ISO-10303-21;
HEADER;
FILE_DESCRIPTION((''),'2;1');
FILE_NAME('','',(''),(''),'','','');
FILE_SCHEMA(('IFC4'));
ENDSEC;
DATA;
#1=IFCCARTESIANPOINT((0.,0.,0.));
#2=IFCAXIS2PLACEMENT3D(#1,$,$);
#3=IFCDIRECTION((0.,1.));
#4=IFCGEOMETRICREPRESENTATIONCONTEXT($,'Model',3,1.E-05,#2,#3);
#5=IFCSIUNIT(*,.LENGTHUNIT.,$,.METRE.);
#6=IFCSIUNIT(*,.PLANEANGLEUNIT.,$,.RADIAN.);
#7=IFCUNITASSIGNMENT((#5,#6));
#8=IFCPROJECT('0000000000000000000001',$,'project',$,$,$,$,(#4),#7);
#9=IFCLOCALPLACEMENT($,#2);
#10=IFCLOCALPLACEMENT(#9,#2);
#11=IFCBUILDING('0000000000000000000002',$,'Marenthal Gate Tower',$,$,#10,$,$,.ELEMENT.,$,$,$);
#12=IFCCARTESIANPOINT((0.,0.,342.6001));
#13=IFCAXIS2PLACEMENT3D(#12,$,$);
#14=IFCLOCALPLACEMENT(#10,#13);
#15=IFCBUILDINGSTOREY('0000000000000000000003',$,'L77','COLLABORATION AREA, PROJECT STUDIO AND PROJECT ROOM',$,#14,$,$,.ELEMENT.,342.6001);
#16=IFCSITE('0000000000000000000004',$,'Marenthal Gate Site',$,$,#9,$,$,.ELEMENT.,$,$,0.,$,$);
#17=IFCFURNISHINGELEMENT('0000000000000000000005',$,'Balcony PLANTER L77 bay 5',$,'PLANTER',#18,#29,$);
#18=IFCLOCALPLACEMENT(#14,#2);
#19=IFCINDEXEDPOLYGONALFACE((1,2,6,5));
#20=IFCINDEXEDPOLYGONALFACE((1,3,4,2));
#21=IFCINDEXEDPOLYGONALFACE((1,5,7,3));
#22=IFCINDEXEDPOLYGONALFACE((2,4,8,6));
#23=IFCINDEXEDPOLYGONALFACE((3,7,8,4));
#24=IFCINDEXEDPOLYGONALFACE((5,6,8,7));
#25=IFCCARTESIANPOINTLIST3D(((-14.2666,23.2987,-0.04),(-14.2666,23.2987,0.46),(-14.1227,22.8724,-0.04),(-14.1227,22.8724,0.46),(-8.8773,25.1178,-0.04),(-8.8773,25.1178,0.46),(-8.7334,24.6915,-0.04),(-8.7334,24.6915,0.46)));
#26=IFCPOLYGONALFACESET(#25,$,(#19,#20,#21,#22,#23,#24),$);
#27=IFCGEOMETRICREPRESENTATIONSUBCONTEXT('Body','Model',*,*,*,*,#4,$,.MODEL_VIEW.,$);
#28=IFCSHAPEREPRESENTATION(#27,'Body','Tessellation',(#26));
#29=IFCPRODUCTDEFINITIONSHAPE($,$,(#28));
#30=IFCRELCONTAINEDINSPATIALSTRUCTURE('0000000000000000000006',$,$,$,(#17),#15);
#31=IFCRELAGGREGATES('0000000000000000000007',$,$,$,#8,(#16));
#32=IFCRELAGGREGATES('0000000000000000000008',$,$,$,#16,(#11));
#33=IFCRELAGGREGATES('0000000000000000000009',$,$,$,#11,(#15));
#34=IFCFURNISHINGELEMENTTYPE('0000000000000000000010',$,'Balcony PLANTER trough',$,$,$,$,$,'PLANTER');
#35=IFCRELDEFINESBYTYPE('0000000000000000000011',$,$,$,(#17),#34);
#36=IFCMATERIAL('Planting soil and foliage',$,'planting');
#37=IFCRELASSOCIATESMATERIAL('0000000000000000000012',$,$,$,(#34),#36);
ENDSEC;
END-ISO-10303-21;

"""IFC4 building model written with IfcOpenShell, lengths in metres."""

from ifc_helpers import new_model, si_unit, direction, frame, origin, origin_2d, place, context, subcontext, project, spatial, rectangle, extrude, material, type_object, element, save


model = new_model("IFC4")

# Units and contexts
model_context = context("Model", 3, precision=1e-05, world=origin(), true_north=direction((0.0, 1.0)))
body_context = subcontext(model_context, "Body", "Model", "MODEL_VIEW")
ifc_project = project(units=[si_unit("LENGTHUNIT", "METRE"), si_unit("PLANEANGLEUNIT", "RADIAN")], contexts=[model_context])

# Site, building, storey
site_placement = place(None, origin())
site = spatial("IfcSite", under=ifc_project, at=site_placement, Name="Marenthal Gate Site", CompositionType="ELEMENT", RefElevation=0.0)
building_placement = place(site_placement, origin())
building = spatial("IfcBuilding", under=site, at=building_placement, Name="Marenthal Gate Tower", CompositionType="ELEMENT")
storey_placement = place(building_placement, frame((0.0, 0.0, 342.6001)))
storey = spatial("IfcBuildingStorey", under=building, at=storey_placement, Name="L77", Description="COLLABORATION AREA, PROJECT STUDIO AND PROJECT ROOM", CompositionType="ELEMENT", Elevation=342.6001)

# Furnishing element
ifc_material_1 = material(Name="Planting soil and foliage", Category="planting")
furnishing_element_type = type_object("IfcFurnishingElementType", Name="Balcony PLANTER trough", ElementType="PLANTER", material=ifc_material_1)
furnishing_placement = place(storey_placement, frame((-11.5, 23.9951, -0.04), z_axis=(0.0, 0.0, 1.0), x_axis=(-0.947479, -0.319818, 0.0)))
element("IfcFurnishingElement", 1, at=furnishing_placement, inside=storey, type_object=furnishing_element_type, Name="Balcony PLANTER L77 bay 5", ObjectType="PLANTER", context=body_context, shape_type="SweptSolid", body=[
    extrude(rectangle(XDim=5.688, YDim=0.45, at=origin_2d()), origin(), (0.0, 0.0, 1.0), 0.5),
])

save(model, "model.ifc")
